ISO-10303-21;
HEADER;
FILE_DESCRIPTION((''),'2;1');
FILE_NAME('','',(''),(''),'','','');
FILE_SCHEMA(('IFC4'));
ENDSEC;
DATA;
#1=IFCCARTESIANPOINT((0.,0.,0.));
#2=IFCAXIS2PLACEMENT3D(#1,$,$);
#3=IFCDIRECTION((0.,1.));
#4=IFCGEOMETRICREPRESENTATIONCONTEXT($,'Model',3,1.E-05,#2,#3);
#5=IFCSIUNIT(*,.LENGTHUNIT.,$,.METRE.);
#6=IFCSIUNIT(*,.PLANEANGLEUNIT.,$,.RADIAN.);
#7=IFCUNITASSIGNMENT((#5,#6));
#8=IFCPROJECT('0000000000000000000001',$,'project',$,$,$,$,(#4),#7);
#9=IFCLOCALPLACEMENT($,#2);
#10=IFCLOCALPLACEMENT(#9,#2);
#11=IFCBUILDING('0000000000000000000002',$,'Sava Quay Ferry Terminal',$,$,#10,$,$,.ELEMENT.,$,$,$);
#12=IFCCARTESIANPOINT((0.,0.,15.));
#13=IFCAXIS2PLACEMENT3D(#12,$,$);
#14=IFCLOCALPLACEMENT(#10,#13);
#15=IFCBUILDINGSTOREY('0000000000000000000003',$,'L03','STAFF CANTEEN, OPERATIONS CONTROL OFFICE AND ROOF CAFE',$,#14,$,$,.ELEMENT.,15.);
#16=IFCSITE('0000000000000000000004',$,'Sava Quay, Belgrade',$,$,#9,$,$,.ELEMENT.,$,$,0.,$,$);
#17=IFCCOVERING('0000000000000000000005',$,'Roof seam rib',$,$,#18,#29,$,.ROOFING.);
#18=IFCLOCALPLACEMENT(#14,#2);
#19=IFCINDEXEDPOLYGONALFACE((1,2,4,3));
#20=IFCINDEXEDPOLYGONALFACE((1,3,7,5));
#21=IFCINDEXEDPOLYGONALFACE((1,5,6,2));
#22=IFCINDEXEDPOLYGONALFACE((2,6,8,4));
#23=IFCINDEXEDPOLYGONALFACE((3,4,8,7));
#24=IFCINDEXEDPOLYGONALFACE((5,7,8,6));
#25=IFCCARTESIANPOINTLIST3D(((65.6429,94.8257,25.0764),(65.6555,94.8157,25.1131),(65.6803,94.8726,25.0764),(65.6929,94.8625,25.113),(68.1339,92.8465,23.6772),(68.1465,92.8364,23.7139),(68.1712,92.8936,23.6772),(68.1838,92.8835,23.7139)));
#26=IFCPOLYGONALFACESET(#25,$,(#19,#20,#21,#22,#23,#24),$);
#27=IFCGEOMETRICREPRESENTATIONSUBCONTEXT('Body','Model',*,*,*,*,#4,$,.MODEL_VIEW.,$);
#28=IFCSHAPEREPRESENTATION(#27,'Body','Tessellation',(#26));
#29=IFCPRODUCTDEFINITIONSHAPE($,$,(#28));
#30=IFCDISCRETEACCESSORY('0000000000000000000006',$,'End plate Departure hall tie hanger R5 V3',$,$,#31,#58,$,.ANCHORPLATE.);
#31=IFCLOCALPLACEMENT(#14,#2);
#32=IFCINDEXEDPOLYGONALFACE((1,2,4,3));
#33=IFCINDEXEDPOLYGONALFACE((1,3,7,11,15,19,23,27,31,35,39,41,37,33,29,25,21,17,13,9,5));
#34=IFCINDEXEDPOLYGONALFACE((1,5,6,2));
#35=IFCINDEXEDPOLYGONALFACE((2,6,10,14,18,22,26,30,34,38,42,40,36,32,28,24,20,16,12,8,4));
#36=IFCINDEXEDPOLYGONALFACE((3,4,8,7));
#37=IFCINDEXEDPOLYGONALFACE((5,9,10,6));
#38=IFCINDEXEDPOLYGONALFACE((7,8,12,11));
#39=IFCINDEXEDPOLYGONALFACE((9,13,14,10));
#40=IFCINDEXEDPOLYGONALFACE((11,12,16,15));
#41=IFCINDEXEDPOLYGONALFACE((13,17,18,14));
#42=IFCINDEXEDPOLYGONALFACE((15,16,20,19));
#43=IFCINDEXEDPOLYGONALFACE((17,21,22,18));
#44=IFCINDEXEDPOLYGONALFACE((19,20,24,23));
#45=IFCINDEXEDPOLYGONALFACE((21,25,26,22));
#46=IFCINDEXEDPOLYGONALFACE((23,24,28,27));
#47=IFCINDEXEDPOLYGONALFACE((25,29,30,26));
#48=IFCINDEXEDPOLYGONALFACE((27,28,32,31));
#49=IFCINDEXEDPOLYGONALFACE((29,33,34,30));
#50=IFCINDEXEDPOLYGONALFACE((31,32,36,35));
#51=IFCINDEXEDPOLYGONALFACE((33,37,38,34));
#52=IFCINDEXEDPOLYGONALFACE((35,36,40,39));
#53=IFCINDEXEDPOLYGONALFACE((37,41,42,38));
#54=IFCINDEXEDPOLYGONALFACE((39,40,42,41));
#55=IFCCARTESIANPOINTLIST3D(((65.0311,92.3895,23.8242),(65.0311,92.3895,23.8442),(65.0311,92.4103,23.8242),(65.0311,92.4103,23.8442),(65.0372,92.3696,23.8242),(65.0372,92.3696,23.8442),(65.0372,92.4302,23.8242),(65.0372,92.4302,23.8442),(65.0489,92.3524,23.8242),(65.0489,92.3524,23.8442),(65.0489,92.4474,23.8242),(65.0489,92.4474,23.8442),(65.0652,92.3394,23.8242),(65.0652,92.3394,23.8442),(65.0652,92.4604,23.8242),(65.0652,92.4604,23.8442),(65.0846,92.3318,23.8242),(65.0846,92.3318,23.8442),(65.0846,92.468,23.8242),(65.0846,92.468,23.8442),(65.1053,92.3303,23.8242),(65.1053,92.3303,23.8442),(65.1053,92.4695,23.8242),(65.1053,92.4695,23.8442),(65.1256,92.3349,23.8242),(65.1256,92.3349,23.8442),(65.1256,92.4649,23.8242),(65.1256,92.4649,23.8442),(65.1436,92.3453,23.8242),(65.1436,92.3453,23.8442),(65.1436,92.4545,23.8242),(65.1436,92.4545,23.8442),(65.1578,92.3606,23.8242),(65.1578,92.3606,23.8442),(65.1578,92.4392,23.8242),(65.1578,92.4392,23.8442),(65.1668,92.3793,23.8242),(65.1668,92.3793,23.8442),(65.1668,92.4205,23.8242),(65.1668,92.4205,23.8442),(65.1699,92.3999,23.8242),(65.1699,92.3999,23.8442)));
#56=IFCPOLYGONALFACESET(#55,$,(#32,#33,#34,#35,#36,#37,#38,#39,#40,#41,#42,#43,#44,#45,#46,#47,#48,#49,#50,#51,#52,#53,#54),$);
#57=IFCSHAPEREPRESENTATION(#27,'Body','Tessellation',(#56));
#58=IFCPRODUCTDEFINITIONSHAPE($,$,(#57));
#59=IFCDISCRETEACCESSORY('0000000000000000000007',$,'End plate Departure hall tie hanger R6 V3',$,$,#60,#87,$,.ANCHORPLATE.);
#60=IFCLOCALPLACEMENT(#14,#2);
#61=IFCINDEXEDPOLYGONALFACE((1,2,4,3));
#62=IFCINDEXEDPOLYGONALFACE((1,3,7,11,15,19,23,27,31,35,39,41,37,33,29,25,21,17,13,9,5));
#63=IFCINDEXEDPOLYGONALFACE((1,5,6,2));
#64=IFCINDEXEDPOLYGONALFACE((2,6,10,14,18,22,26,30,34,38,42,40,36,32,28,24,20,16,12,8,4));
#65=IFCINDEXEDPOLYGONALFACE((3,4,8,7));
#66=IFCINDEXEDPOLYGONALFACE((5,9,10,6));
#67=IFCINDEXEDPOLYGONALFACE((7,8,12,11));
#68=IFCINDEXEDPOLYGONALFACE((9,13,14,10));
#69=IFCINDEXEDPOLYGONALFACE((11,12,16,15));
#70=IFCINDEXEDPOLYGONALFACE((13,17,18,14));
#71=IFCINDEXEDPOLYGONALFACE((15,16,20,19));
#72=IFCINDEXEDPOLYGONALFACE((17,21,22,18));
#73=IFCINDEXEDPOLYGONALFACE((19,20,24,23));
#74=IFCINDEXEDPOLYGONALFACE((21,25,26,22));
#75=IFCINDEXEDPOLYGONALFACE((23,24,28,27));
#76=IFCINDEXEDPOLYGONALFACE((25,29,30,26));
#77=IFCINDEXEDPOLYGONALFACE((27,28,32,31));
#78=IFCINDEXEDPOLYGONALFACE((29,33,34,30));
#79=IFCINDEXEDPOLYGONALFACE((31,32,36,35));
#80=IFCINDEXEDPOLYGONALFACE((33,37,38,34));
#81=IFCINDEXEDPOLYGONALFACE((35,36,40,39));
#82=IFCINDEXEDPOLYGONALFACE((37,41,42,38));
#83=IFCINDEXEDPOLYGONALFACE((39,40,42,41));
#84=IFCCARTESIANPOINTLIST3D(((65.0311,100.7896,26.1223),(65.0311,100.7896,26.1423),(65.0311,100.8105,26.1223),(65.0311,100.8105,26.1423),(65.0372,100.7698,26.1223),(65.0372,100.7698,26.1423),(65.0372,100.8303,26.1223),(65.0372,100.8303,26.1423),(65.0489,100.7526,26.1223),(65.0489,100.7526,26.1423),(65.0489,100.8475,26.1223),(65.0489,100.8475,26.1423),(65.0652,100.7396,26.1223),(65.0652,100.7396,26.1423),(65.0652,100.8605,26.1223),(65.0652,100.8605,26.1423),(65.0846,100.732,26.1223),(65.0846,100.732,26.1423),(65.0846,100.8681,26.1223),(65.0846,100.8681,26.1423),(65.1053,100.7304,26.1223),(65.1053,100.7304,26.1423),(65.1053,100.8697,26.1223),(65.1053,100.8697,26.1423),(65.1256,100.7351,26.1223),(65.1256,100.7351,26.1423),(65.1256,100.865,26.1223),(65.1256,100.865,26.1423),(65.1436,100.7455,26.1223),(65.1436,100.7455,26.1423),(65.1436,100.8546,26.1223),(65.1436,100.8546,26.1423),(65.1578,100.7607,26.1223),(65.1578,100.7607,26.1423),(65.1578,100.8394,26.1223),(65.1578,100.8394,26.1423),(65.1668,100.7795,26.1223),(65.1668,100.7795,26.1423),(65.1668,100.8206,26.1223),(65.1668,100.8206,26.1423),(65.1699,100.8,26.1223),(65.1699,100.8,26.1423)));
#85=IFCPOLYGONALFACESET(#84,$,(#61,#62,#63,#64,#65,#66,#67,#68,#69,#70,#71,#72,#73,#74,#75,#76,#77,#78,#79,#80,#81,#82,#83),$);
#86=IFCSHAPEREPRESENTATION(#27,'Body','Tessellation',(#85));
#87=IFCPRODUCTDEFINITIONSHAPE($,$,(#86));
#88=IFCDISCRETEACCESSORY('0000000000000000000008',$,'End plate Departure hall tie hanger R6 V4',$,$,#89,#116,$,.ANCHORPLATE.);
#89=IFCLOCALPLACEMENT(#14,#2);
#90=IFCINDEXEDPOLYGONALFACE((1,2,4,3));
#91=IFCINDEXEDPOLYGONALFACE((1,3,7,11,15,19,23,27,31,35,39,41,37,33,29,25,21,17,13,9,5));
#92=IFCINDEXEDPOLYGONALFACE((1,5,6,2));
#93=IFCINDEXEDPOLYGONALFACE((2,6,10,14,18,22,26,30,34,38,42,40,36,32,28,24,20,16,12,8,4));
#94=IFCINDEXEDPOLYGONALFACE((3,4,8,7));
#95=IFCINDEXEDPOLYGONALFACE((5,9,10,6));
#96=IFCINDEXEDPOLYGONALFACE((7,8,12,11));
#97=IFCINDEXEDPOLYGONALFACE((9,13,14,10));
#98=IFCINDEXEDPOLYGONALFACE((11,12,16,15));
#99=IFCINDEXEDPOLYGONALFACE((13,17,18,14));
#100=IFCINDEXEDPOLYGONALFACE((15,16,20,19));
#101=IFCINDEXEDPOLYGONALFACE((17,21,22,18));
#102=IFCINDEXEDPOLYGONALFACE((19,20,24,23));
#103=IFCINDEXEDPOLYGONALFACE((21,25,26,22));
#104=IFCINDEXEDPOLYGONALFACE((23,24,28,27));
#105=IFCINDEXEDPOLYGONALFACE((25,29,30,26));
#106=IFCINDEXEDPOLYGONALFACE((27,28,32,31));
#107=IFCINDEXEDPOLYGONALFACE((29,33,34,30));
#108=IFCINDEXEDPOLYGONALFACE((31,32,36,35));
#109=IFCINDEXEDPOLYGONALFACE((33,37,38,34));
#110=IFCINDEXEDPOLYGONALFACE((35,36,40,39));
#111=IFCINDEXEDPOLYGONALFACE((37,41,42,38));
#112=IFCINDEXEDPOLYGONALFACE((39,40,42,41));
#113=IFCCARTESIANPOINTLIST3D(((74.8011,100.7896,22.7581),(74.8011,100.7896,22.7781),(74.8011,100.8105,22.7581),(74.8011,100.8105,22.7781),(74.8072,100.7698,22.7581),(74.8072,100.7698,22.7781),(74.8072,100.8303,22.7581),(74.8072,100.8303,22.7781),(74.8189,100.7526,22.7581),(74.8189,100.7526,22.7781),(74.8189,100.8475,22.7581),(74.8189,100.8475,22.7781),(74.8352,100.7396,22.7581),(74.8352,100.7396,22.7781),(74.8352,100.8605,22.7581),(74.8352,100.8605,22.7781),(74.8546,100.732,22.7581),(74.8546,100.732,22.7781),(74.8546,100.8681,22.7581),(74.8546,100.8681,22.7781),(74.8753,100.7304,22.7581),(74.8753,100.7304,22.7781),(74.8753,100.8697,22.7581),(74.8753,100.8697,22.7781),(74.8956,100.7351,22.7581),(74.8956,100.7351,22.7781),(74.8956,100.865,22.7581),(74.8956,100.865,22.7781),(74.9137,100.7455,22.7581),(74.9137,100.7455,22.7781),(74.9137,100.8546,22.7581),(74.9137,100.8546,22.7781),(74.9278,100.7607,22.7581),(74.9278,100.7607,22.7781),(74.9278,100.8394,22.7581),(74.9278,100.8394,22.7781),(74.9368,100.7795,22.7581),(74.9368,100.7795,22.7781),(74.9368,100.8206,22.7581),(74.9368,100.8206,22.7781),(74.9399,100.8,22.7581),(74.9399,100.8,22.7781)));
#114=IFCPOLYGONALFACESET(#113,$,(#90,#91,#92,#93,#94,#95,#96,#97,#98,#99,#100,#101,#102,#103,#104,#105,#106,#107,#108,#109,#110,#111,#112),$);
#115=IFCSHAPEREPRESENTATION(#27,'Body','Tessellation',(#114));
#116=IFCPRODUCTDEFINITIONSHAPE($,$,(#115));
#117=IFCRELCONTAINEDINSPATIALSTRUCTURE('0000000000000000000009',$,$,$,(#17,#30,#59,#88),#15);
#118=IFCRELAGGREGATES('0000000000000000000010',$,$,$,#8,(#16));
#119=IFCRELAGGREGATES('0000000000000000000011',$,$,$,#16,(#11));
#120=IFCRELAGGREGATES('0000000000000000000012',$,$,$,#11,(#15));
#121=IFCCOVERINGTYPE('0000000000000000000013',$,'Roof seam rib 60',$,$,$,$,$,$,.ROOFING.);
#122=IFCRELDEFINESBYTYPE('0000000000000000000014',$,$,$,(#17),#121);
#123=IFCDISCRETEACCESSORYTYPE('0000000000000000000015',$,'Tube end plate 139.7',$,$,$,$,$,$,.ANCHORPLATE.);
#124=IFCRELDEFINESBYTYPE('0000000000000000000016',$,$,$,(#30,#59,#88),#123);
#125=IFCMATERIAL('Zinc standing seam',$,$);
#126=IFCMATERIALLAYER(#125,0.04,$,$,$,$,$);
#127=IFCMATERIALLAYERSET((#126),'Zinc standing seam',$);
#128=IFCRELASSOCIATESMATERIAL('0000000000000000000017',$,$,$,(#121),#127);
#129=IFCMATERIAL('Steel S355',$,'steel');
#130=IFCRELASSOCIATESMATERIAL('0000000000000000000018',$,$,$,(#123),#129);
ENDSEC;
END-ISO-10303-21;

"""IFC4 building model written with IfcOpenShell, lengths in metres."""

from ifc_helpers import new_model, si_unit, direction, frame, origin, origin_2d, place, context, subcontext, project, spatial, polyline, circle, outline, extrude, material, layer, layer_set, material_profile, profile_set, type_object, element, save


model = new_model("IFC4")

# Units and contexts
model_context = context("Model", 3, precision=1e-05, world=origin(), true_north=direction((0.0, 1.0)))
body_context = subcontext(model_context, "Body", "Model", "MODEL_VIEW")
ifc_project = project(units=[si_unit("LENGTHUNIT", "METRE"), si_unit("PLANEANGLEUNIT", "RADIAN")], contexts=[model_context])

# Site, building, storey
site_placement = place(None, origin())
site = spatial("IfcSite", under=ifc_project, at=site_placement, Name="Sava Quay, Belgrade", CompositionType="ELEMENT", RefElevation=0.0)
building_placement = place(site_placement, origin())
building = spatial("IfcBuilding", under=site, at=building_placement, Name="Sava Quay Ferry Terminal", CompositionType="ELEMENT")
storey_placement = place(building_placement, frame((0.0, 0.0, 15.0)))
storey = spatial("IfcBuildingStorey", under=building, at=storey_placement, Name="L03", Description="STAFF CANTEEN, OPERATIONS CONTROL OFFICE AND ROOF CAFE", CompositionType="ELEMENT", Elevation=15.0)

# Covering
ifc_material_1 = material(Name="Zinc standing seam")
ifc_layer = layer(ifc_material_1, 0.04)
ifc_layer_set = layer_set([ifc_layer], Name="Zinc standing seam")
covering_type_1 = type_object("IfcCoveringType", Name="Roof seam rib 60", PredefinedType="ROOFING", material=ifc_layer_set)
covering_1_placement = place(storey_placement, frame((68.1465, 92.8364, 23.7139), z_axis=(0.315154, -0.250486, 0.915388), x_axis=(-0.716692, 0.569462, 0.402574)))
element("IfcCovering", 1, at=covering_1_placement, inside=storey, type_object=covering_type_1, Name="Roof seam rib", PredefinedType="ROOFING", context=body_context, shape_type="SweptSolid", body=[
    extrude(outline(polyline([(0.0, 0.0), (3.4756, 0.0), (3.4756, -0.0599), (0.0001, -0.0601), (0.0, 0.0)])), origin(), (0.0, 0.0, -1.0), 0.04),
])

# Discrete accessories
ifc_material_2 = material(Name="Steel S355", Category="steel")
ifc_material_profile_1 = material_profile(ifc_material_2, circle(Radius=0.0698, at=origin_2d()), Name="Plate 139.7 dia x 20")
ifc_profile_set_1 = profile_set([ifc_material_profile_1], Name="Steel S355")
discrete_accessory_type = type_object("IfcDiscreteAccessoryType", Name="Tube end plate 139.7", PredefinedType="ANCHORPLATE", material=ifc_profile_set_1)
for number, where, z_axis, x_axis, name in (
    (2, (65.1001, 92.3999, 23.8242), (0.0, 0.0, 1.0), (1.0, 0.0, 0.0), "End plate Departure hall tie hanger R5 V3"),
    (3, (65.1001, 100.8, 26.1223), (0.0, 0.0, 1.0), (1.0, 0.0, 0.0), "End plate Departure hall tie hanger R6 V3"),
    (4, (74.8701, 100.8, 22.7581), (0.0, 0.0, 1.0), (1.0, 0.0, 0.0), "End plate Departure hall tie hanger R6 V4"),
):
    element("IfcDiscreteAccessory", number, at=place(storey_placement, frame(where, z_axis=z_axis, x_axis=x_axis)), inside=storey, type_object=discrete_accessory_type, Name=name, PredefinedType="ANCHORPLATE", context=body_context, shape_type="SweptSolid", body=[
        extrude(circle(Radius=0.0698, at=origin_2d()), origin(), (0.0, 0.0, 1.0), 0.02),
    ])

save(model, "model.ifc")
